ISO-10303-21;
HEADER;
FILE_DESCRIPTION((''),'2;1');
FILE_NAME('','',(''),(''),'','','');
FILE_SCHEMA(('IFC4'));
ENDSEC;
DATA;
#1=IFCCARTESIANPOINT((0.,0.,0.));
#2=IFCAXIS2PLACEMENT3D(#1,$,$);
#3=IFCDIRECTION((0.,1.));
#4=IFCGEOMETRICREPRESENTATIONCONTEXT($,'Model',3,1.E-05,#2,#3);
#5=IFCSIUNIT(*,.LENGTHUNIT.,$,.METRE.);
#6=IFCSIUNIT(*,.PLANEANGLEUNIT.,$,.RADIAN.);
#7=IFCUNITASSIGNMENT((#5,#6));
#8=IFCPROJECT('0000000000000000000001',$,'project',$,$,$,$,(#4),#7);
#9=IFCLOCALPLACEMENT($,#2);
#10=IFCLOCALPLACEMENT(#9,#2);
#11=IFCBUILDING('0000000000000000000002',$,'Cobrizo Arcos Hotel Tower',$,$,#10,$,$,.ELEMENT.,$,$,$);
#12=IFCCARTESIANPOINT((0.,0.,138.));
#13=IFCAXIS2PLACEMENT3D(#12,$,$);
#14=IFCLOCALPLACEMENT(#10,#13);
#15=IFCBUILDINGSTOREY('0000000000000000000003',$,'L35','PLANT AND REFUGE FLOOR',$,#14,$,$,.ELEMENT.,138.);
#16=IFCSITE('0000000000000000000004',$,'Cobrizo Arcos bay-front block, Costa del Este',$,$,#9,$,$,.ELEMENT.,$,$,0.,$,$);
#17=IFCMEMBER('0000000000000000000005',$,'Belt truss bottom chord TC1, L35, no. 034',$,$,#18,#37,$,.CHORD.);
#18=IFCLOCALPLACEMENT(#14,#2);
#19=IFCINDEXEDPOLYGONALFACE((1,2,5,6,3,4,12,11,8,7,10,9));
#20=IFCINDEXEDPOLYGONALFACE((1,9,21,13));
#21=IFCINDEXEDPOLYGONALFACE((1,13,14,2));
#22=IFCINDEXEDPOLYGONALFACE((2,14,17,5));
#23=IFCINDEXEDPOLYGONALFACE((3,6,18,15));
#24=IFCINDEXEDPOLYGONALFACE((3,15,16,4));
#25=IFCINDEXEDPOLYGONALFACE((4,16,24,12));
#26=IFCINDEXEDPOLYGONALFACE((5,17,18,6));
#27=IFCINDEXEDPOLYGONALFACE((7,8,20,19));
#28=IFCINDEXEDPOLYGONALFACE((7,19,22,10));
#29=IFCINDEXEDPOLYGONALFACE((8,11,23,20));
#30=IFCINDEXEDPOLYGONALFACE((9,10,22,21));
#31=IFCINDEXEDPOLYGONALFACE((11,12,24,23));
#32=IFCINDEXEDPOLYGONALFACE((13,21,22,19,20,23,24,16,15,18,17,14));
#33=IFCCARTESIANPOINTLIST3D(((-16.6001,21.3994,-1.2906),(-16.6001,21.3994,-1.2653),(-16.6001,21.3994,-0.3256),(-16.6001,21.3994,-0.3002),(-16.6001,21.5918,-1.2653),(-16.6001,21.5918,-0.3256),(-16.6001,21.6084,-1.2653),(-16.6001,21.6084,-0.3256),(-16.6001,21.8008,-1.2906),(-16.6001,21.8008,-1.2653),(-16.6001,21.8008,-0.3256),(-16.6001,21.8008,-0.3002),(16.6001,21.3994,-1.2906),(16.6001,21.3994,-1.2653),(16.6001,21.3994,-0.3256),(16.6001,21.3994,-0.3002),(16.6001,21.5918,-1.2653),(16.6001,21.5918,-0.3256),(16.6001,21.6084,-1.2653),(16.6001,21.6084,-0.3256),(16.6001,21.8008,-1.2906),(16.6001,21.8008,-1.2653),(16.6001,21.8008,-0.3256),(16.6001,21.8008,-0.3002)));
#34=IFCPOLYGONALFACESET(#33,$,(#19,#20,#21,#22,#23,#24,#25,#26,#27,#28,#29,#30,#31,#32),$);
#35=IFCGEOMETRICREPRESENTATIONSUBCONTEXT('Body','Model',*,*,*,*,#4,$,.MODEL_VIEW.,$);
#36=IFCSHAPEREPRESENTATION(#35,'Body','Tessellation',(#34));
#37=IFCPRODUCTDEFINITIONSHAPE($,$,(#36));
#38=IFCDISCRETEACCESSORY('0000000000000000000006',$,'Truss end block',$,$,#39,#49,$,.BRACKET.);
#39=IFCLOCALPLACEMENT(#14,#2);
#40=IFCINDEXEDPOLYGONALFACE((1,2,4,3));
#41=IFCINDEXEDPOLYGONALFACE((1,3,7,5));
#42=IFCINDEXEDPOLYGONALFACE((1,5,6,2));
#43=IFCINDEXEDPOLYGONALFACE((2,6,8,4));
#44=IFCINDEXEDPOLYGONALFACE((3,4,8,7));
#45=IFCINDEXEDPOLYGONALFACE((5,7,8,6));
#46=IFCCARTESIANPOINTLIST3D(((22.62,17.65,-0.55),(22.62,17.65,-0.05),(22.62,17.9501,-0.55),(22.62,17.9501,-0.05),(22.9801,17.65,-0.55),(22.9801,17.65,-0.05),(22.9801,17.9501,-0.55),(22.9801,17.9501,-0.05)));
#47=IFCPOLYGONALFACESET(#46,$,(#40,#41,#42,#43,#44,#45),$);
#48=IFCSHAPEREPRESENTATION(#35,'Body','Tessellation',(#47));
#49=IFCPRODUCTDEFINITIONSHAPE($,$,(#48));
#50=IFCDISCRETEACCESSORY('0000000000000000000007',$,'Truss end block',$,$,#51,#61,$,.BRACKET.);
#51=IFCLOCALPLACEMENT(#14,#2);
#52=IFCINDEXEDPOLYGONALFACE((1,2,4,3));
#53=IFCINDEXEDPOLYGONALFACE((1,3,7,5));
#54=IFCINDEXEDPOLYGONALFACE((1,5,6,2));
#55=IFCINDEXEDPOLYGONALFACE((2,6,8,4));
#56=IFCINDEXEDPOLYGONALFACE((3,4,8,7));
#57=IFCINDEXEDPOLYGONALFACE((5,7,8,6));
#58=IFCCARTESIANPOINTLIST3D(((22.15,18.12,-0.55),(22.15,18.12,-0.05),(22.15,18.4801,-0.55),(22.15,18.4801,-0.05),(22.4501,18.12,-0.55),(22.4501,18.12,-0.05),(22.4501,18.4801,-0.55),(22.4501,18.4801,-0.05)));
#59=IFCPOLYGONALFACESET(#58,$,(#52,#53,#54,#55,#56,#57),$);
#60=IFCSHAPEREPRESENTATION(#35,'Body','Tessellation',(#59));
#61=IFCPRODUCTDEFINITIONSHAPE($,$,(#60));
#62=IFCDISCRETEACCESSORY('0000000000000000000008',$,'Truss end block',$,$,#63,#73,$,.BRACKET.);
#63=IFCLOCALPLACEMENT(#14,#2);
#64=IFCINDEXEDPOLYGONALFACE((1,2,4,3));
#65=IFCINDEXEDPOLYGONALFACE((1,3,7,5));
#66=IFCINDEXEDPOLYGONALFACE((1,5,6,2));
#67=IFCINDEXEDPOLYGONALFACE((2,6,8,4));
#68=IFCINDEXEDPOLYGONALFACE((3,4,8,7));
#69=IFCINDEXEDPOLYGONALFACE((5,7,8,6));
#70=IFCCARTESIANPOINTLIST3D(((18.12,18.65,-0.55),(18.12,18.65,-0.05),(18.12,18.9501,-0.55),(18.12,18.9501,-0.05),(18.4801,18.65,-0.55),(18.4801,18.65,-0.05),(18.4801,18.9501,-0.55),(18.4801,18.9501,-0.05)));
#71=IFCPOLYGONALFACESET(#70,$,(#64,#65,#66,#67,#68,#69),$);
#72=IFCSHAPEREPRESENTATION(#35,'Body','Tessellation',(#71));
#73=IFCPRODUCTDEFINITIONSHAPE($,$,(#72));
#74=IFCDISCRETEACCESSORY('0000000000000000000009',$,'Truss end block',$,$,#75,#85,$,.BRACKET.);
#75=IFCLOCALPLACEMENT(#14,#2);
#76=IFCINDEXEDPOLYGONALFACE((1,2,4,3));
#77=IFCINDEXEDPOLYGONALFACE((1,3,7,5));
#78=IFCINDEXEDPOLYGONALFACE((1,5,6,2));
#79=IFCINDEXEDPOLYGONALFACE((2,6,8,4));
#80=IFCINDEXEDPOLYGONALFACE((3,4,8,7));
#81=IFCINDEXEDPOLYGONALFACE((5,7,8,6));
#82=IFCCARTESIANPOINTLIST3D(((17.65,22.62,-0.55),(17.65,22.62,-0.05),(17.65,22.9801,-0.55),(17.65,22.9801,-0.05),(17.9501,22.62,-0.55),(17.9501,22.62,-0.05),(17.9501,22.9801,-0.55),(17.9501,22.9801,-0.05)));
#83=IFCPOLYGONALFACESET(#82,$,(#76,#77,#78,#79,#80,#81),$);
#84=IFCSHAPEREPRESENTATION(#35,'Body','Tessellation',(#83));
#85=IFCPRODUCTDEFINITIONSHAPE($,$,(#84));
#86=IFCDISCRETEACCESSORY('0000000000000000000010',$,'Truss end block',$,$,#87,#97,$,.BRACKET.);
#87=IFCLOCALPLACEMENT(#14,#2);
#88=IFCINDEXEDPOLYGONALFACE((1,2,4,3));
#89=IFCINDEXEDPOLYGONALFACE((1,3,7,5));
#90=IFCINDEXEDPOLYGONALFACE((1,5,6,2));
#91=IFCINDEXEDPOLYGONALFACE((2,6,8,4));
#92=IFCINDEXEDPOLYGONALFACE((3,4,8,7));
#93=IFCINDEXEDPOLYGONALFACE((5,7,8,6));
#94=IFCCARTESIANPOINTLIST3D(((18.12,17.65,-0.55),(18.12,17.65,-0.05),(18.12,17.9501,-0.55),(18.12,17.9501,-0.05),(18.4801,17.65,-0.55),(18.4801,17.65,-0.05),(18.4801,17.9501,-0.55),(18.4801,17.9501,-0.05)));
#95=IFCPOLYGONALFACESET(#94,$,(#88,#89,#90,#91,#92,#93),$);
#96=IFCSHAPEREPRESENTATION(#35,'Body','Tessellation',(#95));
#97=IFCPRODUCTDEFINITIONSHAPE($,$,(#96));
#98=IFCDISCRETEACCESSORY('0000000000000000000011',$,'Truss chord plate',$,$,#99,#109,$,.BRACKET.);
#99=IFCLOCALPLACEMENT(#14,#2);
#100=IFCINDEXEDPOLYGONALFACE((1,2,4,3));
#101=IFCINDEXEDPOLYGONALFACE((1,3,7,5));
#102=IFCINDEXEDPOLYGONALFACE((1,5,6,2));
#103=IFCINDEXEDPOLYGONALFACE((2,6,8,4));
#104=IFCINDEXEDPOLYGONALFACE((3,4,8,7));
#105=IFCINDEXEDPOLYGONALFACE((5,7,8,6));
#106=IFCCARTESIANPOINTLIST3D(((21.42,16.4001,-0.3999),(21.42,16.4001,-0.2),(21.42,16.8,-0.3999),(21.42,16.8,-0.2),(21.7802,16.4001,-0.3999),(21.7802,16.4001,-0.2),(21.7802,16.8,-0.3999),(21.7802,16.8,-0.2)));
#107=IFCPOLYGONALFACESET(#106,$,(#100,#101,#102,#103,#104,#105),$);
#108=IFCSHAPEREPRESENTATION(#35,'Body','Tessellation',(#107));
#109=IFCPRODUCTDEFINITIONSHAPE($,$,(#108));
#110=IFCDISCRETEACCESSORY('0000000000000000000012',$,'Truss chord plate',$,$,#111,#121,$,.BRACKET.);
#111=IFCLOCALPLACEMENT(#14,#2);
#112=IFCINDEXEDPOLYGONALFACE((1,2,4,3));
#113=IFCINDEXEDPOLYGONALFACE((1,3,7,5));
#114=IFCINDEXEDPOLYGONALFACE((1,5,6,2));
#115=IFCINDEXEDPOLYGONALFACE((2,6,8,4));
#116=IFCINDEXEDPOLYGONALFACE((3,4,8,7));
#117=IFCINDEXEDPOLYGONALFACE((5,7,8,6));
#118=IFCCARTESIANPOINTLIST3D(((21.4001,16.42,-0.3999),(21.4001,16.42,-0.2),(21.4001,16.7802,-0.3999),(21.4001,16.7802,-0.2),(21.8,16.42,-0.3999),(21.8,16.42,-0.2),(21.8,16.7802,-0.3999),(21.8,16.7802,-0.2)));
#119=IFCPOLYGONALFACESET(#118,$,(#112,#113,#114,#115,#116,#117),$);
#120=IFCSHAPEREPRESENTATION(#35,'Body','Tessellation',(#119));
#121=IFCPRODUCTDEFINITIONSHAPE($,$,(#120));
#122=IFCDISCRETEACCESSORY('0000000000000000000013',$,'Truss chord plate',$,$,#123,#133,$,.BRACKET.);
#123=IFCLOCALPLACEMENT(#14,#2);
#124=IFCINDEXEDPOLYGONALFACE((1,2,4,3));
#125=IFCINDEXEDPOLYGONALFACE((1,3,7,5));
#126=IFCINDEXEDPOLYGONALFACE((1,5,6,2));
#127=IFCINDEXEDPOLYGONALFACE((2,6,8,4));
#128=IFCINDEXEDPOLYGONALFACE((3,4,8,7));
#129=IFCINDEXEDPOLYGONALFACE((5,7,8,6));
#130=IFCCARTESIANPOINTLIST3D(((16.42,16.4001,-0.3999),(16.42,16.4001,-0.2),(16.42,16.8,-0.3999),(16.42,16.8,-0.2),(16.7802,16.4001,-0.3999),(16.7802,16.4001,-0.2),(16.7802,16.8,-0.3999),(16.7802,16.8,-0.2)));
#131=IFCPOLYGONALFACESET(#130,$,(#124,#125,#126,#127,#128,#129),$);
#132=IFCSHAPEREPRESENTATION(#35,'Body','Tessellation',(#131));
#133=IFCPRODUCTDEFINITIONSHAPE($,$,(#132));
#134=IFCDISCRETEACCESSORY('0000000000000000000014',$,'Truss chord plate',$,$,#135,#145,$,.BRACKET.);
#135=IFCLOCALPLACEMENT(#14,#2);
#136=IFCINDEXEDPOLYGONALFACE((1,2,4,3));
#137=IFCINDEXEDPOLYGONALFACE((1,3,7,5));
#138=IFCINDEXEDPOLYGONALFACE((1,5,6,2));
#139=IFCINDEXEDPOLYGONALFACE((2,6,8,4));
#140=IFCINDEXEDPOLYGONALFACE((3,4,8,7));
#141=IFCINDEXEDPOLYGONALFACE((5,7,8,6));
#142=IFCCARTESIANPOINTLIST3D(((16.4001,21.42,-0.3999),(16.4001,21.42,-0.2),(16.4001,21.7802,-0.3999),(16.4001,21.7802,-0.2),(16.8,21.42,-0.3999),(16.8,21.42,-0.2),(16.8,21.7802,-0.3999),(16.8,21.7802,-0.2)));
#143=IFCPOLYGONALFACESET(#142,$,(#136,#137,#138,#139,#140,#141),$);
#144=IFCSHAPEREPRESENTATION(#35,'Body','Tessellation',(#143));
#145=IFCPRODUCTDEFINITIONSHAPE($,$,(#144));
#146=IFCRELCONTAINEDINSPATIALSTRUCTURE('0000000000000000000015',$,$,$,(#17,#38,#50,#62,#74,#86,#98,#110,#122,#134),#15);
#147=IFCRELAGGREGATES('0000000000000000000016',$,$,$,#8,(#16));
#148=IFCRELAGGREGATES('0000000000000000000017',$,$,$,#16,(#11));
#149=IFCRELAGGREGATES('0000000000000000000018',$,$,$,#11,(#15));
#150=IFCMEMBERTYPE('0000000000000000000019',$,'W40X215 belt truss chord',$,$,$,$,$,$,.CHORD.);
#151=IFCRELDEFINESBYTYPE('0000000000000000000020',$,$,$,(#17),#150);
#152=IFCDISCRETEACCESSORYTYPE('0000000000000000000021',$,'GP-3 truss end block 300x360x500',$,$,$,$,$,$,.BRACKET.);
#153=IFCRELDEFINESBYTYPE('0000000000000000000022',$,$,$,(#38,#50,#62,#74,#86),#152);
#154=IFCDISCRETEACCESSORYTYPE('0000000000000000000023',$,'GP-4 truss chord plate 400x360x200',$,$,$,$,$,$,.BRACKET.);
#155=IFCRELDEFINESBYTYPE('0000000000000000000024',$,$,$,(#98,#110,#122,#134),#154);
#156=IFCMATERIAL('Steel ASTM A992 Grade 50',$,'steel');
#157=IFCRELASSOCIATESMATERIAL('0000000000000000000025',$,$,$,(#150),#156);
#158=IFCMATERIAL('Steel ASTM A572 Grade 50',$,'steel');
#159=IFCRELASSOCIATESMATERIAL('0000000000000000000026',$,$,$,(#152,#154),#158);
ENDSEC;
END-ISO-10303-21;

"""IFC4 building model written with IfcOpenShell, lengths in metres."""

from ifc_helpers import new_model, si_unit, direction, frame, origin, origin_2d, place, context, subcontext, project, spatial, rectangle, i_section, extrude, material, material_profile, profile_set, type_object, element, save


model = new_model("IFC4")

# Units and contexts
model_context = context("Model", 3, precision=1e-05, world=origin(), true_north=direction((0.0, 1.0)))
body_context = subcontext(model_context, "Body", "Model", "MODEL_VIEW")
ifc_project = project(units=[si_unit("LENGTHUNIT", "METRE"), si_unit("PLANEANGLEUNIT", "RADIAN")], contexts=[model_context])

# Site, building, storey
site_placement = place(None, origin())
site = spatial("IfcSite", under=ifc_project, at=site_placement, Name="Cobrizo Arcos bay-front block, Costa del Este", CompositionType="ELEMENT", RefElevation=0.0)
building_placement = place(site_placement, origin())
building = spatial("IfcBuilding", under=site, at=building_placement, Name="Cobrizo Arcos Hotel Tower", CompositionType="ELEMENT")
storey_placement = place(building_placement, frame((0.0, 0.0, 138.0)))
storey = spatial("IfcBuildingStorey", under=building, at=storey_placement, Name="L35", Description="PLANT AND REFUGE FLOOR", CompositionType="ELEMENT", Elevation=138.0)

# Shared definitions
ifc_material_1 = material(Name="Steel ASTM A572 Grade 50", Category="steel")

# Shared definitions
ifc_material_2 = material(Name="Steel ASTM A992 Grade 50", Category="steel")

# Member
ifc_material_profile_1 = material_profile(ifc_material_2, i_section(OverallWidth=0.4014, OverallDepth=0.9905, WebThickness=0.0166, FlangeThickness=0.0254, at=origin_2d()), Name="W40X215")
ifc_profile_set_1 = profile_set([ifc_material_profile_1], Name="Steel ASTM A992 Grade 50")
member_type_1 = type_object("IfcMemberType", Name="W40X215 belt truss chord", PredefinedType="CHORD", material=ifc_profile_set_1)
member_1_placement = place(storey_placement, frame((16.6001, 21.6001, -0.7954), z_axis=(-1.0, 0.0, 0.0), x_axis=(0.0, -1.0, 0.0)))
element("IfcMember", 1, at=member_1_placement, inside=storey, type_object=member_type_1, Name="Belt truss bottom chord TC1, L35, no. 034", PredefinedType="CHORD", context=body_context, shape_type="SweptSolid", body=[
    extrude(i_section(OverallWidth=0.4014, OverallDepth=0.9905, WebThickness=0.0166, FlangeThickness=0.0254, at=origin_2d()), origin(), (0.0, 0.0, 1.0), 33.2002),
])

# Discrete accessories
discrete_accessory_type_1 = type_object("IfcDiscreteAccessoryType", Name="GP-3 truss end block 300x360x500", PredefinedType="BRACKET", material=ifc_material_1)
for number, where, z_axis, x_axis, name in (
    (2, (22.8, 17.8, -0.55), (0.0, 0.0, 1.0), (0.0, -1.0, 0.0), "Truss end block"),
    (3, (22.3, 18.3, -0.55), (0.0, 0.0, 1.0), (-1.0, 0.0, 0.0), "Truss end block"),
    (4, (18.3, 18.8, -0.55), (0.0, 0.0, 1.0), (0.0, 1.0, 0.0), "Truss end block"),
    (5, (17.8, 22.8, -0.55), (0.0, 0.0, 1.0), (-1.0, 0.0, 0.0), "Truss end block"),
    (6, (18.3, 17.8, -0.55), (0.0, 0.0, 1.0), (0.0, -1.0, 0.0), "Truss end block"),
):
    element("IfcDiscreteAccessory", number, at=place(storey_placement, frame(where, z_axis=z_axis, x_axis=x_axis)), inside=storey, type_object=discrete_accessory_type_1, Name=name, PredefinedType="BRACKET", context=body_context, shape_type="SweptSolid", body=[
        extrude(rectangle(XDim=0.3, YDim=0.3601, at=origin_2d()), origin(), (0.0, 0.0, 1.0), 0.5),
    ])
discrete_accessory_type_2 = type_object("IfcDiscreteAccessoryType", Name="GP-4 truss chord plate 400x360x200", PredefinedType="BRACKET", material=ifc_material_1)
for number, where, z_axis, x_axis, name in (
    (7, (21.6001, 16.6001, -0.3999), (0.0, 0.0, 1.0), (0.0, 1.0, 0.0), "Truss chord plate"),
    (8, (21.6001, 16.6001, -0.3999), (0.0, 0.0, 1.0), (-1.0, 0.0, 0.0), "Truss chord plate"),
    (9, (16.6001, 16.6001, -0.3999), (0.0, 0.0, 1.0), (0.0, 1.0, 0.0), "Truss chord plate"),
    (10, (16.6001, 21.6001, -0.3999), (0.0, 0.0, 1.0), (-1.0, 0.0, 0.0), "Truss chord plate"),
):
    element("IfcDiscreteAccessory", number, at=place(storey_placement, frame(where, z_axis=z_axis, x_axis=x_axis)), inside=storey, type_object=discrete_accessory_type_2, Name=name, PredefinedType="BRACKET", context=body_context, shape_type="SweptSolid", body=[
        extrude(rectangle(XDim=0.3999, YDim=0.3601, at=origin_2d()), origin(), (0.0, 0.0, 1.0), 0.2),
    ])

save(model, "model.ifc")
